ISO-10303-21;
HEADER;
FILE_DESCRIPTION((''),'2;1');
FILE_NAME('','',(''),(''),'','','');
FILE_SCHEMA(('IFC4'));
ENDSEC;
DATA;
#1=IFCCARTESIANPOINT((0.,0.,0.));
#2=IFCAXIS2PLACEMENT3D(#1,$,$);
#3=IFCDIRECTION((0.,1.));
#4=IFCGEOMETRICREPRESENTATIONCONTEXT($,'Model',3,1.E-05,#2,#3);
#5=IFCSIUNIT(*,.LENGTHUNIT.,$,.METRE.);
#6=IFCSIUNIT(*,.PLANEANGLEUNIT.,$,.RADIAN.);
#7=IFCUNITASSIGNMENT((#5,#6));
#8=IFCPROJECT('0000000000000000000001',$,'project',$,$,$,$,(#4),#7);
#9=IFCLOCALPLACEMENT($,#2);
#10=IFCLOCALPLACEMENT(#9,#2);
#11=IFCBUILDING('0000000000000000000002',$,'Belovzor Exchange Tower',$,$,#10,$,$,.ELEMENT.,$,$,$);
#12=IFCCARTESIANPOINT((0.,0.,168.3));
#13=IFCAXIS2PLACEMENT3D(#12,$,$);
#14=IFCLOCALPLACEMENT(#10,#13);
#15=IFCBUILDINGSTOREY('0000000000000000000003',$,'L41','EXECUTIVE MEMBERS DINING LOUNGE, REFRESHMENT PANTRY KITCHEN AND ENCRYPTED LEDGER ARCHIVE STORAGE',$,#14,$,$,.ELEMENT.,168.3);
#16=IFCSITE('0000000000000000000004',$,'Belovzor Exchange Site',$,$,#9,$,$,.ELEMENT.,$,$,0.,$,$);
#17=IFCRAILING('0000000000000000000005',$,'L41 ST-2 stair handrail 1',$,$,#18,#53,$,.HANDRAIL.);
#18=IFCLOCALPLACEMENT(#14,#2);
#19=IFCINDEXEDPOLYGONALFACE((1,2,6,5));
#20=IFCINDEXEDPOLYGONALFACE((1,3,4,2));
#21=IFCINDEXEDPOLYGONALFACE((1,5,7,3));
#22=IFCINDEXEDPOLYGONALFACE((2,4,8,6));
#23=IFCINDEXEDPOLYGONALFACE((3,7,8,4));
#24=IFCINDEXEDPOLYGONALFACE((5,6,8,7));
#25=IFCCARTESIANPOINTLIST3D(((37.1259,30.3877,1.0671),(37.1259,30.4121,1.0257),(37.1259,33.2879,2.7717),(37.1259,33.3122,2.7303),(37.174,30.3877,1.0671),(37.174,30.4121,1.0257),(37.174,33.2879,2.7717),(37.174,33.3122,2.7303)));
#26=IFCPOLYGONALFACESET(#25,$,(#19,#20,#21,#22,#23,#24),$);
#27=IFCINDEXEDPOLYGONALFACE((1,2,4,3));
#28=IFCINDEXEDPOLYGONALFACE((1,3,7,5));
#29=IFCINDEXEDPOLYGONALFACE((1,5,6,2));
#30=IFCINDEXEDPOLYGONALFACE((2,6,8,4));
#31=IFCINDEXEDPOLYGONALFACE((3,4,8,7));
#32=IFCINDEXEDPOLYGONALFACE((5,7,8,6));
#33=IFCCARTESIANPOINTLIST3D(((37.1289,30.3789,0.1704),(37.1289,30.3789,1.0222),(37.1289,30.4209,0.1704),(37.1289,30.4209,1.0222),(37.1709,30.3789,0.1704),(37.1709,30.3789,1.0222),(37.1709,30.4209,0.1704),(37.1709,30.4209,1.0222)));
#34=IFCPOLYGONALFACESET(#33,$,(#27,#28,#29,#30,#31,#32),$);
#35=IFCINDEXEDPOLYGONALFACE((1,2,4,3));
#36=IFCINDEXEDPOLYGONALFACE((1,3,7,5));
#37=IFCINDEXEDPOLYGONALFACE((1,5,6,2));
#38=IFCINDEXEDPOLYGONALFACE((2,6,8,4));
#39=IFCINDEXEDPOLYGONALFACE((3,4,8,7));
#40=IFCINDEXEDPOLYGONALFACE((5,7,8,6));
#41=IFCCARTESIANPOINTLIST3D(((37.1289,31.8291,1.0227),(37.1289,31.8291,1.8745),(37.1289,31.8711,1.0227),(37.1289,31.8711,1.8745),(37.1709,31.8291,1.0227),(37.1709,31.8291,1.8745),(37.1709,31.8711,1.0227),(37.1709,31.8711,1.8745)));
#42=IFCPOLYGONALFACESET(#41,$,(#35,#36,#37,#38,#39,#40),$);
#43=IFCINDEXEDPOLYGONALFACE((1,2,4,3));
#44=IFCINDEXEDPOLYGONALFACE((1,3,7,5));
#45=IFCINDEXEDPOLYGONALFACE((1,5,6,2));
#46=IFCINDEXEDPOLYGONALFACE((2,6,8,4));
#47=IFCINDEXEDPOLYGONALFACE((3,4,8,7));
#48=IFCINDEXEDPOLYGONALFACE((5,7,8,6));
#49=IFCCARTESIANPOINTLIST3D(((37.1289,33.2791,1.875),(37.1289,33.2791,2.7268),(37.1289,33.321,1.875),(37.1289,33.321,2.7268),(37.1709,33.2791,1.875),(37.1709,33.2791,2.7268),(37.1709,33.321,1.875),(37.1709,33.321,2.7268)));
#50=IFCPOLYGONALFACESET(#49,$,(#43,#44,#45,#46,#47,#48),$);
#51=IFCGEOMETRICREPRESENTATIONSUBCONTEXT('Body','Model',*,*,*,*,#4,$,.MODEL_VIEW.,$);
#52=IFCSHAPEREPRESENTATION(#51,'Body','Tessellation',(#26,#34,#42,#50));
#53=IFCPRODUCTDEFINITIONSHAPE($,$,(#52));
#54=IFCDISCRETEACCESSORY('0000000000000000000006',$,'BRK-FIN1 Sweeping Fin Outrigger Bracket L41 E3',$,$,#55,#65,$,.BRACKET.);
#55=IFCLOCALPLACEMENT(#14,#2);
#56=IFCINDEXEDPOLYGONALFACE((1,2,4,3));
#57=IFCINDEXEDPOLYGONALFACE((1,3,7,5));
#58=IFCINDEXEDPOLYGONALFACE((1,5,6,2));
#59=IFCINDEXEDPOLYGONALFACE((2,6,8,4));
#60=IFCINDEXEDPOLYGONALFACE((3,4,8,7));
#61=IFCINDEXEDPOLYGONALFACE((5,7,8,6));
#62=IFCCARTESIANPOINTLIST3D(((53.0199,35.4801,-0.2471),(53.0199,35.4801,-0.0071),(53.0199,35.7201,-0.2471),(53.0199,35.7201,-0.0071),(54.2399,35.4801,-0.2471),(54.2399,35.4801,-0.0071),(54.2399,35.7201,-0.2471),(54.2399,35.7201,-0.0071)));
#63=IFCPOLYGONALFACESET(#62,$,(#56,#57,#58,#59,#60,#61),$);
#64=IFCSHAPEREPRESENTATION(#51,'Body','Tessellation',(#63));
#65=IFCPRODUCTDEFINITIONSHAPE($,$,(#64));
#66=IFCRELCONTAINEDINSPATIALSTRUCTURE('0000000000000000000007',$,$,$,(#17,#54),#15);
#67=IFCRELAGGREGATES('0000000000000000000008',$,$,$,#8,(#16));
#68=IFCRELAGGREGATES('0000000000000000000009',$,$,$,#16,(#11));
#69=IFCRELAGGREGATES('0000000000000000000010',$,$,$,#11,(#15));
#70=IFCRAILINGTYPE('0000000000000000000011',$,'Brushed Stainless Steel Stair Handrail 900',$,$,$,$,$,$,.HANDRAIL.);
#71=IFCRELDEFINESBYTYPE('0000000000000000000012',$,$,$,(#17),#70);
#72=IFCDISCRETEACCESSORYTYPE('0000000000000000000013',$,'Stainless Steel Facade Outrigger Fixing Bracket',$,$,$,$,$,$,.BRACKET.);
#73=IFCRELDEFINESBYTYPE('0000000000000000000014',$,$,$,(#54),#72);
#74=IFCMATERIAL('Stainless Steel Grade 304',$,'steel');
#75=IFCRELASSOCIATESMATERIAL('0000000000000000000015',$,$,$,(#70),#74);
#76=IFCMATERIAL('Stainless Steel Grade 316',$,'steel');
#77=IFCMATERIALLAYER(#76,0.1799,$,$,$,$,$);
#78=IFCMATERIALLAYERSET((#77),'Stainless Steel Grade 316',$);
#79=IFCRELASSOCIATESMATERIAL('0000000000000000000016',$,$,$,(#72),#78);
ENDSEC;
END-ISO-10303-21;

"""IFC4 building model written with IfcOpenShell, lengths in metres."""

from ifc_helpers import new_model, si_unit, direction, frame, origin, origin_2d, place, context, subcontext, project, spatial, rectangle, extrude, material, layer, layer_set, type_object, element, save


model = new_model("IFC4")

# Units and contexts
model_context = context("Model", 3, precision=1e-05, world=origin(), true_north=direction((0.0, 1.0)))
body_context = subcontext(model_context, "Body", "Model", "MODEL_VIEW")
ifc_project = project(units=[si_unit("LENGTHUNIT", "METRE"), si_unit("PLANEANGLEUNIT", "RADIAN")], contexts=[model_context])

# Site, building, storey
site_placement = place(None, origin())
site = spatial("IfcSite", under=ifc_project, at=site_placement, Name="Belovzor Exchange Site", CompositionType="ELEMENT", RefElevation=0.0)
building_placement = place(site_placement, origin())
building = spatial("IfcBuilding", under=site, at=building_placement, Name="Belovzor Exchange Tower", CompositionType="ELEMENT")
storey_placement = place(building_placement, frame((0.0, 0.0, 168.3)))
storey = spatial("IfcBuildingStorey", under=building, at=storey_placement, Name="L41", Description="EXECUTIVE MEMBERS DINING LOUNGE, REFRESHMENT PANTRY KITCHEN AND ENCRYPTED LEDGER ARCHIVE STORAGE", CompositionType="ELEMENT", Elevation=168.3)

# Railing
ifc_material_1 = material(Name="Stainless Steel Grade 304", Category="steel")
railing_type = type_object("IfcRailingType", Name="Brushed Stainless Steel Stair Handrail 900", PredefinedType="HANDRAIL", material=ifc_material_1)
railing_placement = place(storey_placement, frame((37.1499, 30.3999, 0.1704)))
element("IfcRailing", 1, at=railing_placement, inside=storey, type_object=railing_type, Name="L41 ST-2 stair handrail 1", PredefinedType="HANDRAIL", context=body_context, shape_type="SweptSolid", body=[
    extrude(rectangle(XDim=0.0481, YDim=0.0481, at=origin_2d()), frame((0.0, 0.0, 0.876), z_axis=(0.0, 0.862113, 0.506716), x_axis=(-1.0, 0.0, 0.0)), (0.0, 0.0, 1.0), 3.364),
    extrude(rectangle(XDim=0.042, YDim=0.042, at=origin_2d()), origin(), (0.0, 0.0, 1.0), 0.8518),
    extrude(rectangle(XDim=0.042, YDim=0.042, at=origin_2d()), frame((0.0, 1.4502, 0.8523)), (0.0, 0.0, 1.0), 0.8518),
    extrude(rectangle(XDim=0.042, YDim=0.042, at=origin_2d()), frame((0.0, 2.9001, 1.7046)), (0.0, 0.0, 1.0), 0.8518),
])

# Discrete accessory
ifc_material_2 = material(Name="Stainless Steel Grade 316", Category="steel")
ifc_layer_1 = layer(ifc_material_2, 0.1799)
ifc_layer_set_1 = layer_set([ifc_layer_1], Name="Stainless Steel Grade 316")
discrete_accessory_type = type_object("IfcDiscreteAccessoryType", Name="Stainless Steel Facade Outrigger Fixing Bracket", PredefinedType="BRACKET", material=ifc_layer_set_1)
discrete_accessory_placement = place(storey_placement, frame((53.6299, 35.6001, -0.2471), z_axis=(0.0, 0.0, 1.0), x_axis=(1.0, 0.0, 0.0)))
element("IfcDiscreteAccessory", 2, at=discrete_accessory_placement, inside=storey, type_object=discrete_accessory_type, Name="BRK-FIN1 Sweeping Fin Outrigger Bracket L41 E3", PredefinedType="BRACKET", context=body_context, shape_type="SweptSolid", body=[
    extrude(rectangle(XDim=1.22, YDim=0.24, at=origin_2d()), origin(), (0.0, 0.0, 1.0), 0.24),
])

save(model, "model.ifc")
